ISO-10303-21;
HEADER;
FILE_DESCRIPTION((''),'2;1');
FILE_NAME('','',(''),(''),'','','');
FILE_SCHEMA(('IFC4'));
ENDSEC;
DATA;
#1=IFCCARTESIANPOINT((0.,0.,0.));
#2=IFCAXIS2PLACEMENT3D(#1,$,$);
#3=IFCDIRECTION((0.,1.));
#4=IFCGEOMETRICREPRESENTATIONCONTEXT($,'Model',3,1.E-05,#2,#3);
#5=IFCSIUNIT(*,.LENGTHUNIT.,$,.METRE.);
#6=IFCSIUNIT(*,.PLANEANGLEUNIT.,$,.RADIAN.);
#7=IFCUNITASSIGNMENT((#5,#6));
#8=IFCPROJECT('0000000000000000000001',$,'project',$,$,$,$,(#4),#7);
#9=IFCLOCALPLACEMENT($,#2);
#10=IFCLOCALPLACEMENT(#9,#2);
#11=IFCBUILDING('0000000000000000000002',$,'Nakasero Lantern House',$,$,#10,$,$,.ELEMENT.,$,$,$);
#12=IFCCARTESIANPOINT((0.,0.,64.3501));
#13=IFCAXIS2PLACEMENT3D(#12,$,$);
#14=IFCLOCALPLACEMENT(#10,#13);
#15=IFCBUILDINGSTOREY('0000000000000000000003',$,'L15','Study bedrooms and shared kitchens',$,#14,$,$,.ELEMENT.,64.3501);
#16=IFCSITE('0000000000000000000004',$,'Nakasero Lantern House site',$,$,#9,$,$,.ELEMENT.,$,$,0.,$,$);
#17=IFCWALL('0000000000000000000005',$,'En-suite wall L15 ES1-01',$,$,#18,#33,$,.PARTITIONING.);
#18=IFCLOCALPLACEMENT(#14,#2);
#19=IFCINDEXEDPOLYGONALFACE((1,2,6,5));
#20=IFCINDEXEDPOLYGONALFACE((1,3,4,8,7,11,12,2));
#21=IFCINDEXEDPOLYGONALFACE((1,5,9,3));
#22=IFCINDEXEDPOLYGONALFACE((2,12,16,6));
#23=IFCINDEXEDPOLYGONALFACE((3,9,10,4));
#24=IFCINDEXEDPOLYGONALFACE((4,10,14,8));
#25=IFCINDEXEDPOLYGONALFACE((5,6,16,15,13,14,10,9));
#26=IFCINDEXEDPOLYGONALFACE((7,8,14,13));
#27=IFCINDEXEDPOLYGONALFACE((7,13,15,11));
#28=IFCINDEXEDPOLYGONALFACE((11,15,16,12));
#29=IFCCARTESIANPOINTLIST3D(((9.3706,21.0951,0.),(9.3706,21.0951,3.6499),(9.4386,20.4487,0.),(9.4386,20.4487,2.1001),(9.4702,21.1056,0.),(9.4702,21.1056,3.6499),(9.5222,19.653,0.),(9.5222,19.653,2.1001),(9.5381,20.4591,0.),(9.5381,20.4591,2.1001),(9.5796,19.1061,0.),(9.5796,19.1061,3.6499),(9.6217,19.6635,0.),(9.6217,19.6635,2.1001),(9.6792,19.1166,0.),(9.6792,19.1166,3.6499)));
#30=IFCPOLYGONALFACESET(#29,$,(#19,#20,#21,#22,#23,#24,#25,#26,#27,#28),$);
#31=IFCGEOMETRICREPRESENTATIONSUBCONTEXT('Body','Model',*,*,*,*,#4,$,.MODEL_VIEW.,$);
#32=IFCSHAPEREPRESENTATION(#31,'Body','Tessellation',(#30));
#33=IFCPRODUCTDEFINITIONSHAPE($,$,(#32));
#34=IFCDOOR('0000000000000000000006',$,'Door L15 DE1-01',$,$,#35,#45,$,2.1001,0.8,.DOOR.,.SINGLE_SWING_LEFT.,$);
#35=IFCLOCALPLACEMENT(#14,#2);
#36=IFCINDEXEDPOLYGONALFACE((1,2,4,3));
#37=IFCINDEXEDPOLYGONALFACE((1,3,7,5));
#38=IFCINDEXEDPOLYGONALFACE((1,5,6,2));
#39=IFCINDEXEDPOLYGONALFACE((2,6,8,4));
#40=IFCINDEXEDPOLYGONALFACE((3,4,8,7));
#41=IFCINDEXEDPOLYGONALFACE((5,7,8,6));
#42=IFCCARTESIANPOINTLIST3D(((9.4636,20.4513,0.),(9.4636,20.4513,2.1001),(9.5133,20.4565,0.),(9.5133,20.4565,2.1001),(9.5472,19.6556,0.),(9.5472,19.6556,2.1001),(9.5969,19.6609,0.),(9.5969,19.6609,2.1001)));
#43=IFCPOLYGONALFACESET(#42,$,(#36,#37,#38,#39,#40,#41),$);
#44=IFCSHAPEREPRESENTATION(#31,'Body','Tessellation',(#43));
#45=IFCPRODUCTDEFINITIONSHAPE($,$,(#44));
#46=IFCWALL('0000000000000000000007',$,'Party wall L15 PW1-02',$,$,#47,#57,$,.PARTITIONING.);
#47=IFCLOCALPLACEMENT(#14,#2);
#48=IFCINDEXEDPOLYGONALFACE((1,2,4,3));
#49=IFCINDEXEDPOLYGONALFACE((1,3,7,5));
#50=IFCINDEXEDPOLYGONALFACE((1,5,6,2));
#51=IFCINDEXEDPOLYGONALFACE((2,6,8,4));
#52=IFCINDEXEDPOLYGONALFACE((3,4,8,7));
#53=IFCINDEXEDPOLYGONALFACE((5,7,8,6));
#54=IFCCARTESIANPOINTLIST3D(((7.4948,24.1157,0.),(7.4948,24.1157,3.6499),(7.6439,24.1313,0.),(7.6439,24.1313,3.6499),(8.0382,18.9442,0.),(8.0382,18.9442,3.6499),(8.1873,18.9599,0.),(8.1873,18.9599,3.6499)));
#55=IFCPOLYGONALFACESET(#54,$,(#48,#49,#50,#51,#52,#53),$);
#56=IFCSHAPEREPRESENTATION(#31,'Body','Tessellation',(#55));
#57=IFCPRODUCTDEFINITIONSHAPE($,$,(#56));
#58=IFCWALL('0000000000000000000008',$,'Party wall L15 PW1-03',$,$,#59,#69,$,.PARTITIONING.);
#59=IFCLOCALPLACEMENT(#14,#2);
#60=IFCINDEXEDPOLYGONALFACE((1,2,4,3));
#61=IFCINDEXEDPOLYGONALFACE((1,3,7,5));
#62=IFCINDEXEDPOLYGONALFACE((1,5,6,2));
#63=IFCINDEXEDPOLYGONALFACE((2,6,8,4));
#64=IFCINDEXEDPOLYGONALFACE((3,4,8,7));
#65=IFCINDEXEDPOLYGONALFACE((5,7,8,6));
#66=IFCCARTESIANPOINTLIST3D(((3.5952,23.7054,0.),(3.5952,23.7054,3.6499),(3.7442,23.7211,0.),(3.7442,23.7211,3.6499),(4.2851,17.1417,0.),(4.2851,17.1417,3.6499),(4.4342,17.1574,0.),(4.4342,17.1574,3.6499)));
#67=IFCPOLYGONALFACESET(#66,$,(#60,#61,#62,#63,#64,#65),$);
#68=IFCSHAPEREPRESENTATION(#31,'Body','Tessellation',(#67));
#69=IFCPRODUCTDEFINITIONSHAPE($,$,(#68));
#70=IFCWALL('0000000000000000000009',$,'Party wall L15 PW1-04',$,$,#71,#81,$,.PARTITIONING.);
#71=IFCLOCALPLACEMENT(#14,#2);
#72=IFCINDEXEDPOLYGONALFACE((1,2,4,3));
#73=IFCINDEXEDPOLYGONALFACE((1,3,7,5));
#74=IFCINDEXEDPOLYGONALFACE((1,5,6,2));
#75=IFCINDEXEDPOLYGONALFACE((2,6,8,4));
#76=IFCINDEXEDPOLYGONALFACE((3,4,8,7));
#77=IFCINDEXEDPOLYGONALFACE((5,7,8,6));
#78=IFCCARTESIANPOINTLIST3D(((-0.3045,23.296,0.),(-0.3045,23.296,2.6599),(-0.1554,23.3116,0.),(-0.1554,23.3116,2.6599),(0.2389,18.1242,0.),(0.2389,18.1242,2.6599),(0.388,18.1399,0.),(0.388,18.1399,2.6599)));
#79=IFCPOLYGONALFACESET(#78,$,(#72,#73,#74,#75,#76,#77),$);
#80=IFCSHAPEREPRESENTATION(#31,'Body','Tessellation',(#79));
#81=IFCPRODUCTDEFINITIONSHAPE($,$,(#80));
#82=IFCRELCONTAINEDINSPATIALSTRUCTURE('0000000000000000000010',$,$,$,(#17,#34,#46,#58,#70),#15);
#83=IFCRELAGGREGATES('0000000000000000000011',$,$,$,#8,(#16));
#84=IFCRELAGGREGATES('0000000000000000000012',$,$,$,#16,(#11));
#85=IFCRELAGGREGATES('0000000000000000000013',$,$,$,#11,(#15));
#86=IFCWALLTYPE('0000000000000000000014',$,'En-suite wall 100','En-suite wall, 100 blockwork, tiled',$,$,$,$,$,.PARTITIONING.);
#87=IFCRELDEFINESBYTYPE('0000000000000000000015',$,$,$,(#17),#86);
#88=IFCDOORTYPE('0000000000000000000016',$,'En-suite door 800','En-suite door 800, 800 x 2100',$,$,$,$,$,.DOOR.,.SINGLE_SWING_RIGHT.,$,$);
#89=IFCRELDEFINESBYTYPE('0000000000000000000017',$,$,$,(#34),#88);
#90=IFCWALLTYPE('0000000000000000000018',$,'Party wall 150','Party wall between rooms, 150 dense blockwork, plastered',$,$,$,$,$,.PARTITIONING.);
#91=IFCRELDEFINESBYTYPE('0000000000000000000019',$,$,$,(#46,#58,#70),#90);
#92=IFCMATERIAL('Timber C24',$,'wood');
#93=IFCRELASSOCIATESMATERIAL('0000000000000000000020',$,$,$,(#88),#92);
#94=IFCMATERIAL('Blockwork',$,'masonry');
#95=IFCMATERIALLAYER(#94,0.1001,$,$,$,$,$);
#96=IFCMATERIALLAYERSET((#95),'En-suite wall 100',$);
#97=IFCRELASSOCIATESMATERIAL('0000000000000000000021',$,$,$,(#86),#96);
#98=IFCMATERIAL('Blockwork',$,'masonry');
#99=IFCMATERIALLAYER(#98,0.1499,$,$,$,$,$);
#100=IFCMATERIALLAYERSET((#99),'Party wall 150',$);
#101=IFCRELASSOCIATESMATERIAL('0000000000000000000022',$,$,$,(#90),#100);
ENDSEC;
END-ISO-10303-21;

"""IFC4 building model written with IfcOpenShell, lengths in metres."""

from ifc_helpers import new_model, si_unit, direction, frame, frame_2d, origin, place, context, subcontext, project, spatial, rectangle, extrude, material, layer, layer_set, type_object, element, fill, save


model = new_model("IFC4")

# Units and contexts
model_context = context("Model", 3, precision=1e-05, world=origin(), true_north=direction((0.0, 1.0)))
body_context = subcontext(model_context, "Body", "Model", "MODEL_VIEW")
ifc_project = project(units=[si_unit("LENGTHUNIT", "METRE"), si_unit("PLANEANGLEUNIT", "RADIAN")], contexts=[model_context])

# Site, building, storey
site_placement = place(None, origin())
site = spatial("IfcSite", under=ifc_project, at=site_placement, Name="Nakasero Lantern House site", CompositionType="ELEMENT", RefElevation=0.0)
building_placement = place(site_placement, origin())
building = spatial("IfcBuilding", under=site, at=building_placement, Name="Nakasero Lantern House", CompositionType="ELEMENT")
storey_placement = place(building_placement, frame((0.0, 0.0, 64.3501)))
storey = spatial("IfcBuildingStorey", under=building, at=storey_placement, Name="L15", Description="Study bedrooms and shared kitchens", CompositionType="ELEMENT", Elevation=64.3501)

# Shared definitions
ifc_material_1 = material(Name="Timber C24", Category="wood")
door_type_1 = type_object("IfcDoorType", Name="En-suite door 800", Description="En-suite door 800, 800 x 2100", OperationType="SINGLE_SWING_RIGHT", PredefinedType="DOOR", material=ifc_material_1)

# Shared definitions
ifc_material_2 = material(Name="Blockwork", Category="masonry")
ifc_layer_1 = layer(ifc_material_2, 0.1001)
ifc_layer_set_1 = layer_set([ifc_layer_1], Name="En-suite wall 100")
wall_type_1 = type_object("IfcWallType", Name="En-suite wall 100", Description="En-suite wall, 100 blockwork, tiled", PredefinedType="PARTITIONING", material=ifc_layer_set_1)

# Wall, opening, door
wall_1_placement = place(storey_placement, frame((9.6294, 19.1113, 0.0), z_axis=(0.0, 0.0, 1.0), x_axis=(-0.104494, 0.994526, 0.0)))
wall_1 = element("IfcWall", 1, at=wall_1_placement, inside=storey, type_object=wall_type_1, Name="En-suite wall L15 ES1-01", PredefinedType="PARTITIONING", context=body_context, shape_type="SweptSolid", body=[
    extrude(rectangle(XDim=2.0, YDim=0.1001, at=frame_2d((1.0, 0.0))), origin(), (0.0, 0.0, 1.0), 3.6499),
])
opening_1_placement = place(wall_1_placement, frame((0.55, 0.0, 0.0)))
opening_1 = element("IfcOpeningElement", 2, at=opening_1_placement, cuts=wall_1, PredefinedType="OPENING", context=body_context, shape_type="SweptSolid", body=[
    extrude(rectangle(XDim=0.8, YDim=2.1001, at=frame_2d((0.3999, 1.05))), frame((0.0, 0.0701, 0.0), z_axis=(0.0, -1.0, 0.0), x_axis=(1.0, 0.0, 0.0)), (0.0, 0.0, 1.0), 0.1401),
])
door_1_placement = place(opening_1_placement, origin())
door_1 = element("IfcDoor", 3, at=door_1_placement, inside=storey, type_object=door_type_1, Name="Door L15 DE1-01", OperationType="SINGLE_SWING_LEFT", OverallHeight=2.1001, OverallWidth=0.8, PredefinedType="DOOR", context=body_context, shape_type="SweptSolid", body=[
    extrude(rectangle(XDim=0.8, YDim=2.1001, at=frame_2d((0.3999, 1.05))), frame((0.0, 0.0249, 0.0), z_axis=(0.0, -1.0, 0.0), x_axis=(1.0, 0.0, 0.0)), (0.0, 0.0, 1.0), 0.05),
])
fill(opening_1, door_1)

# Walls
ifc_material_3 = material(Name="Blockwork", Category="masonry")
ifc_layer_2 = layer(ifc_material_3, 0.1499)
ifc_layer_set_2 = layer_set([ifc_layer_2], Name="Party wall 150")
wall_type_2 = type_object("IfcWallType", Name="Party wall 150", Description="Party wall between rooms, 150 dense blockwork, plastered", PredefinedType="PARTITIONING", material=ifc_layer_set_2)
wall_2_placement = place(storey_placement, frame((8.1128, 18.9519, 0.0), z_axis=(0.0, 0.0, 1.0), x_axis=(-0.104514, 0.994523, 0.0)))
element("IfcWall", 4, at=wall_2_placement, inside=storey, type_object=wall_type_2, Name="Party wall L15 PW1-02", PredefinedType="PARTITIONING", context=body_context, shape_type="SweptSolid", body=[
    extrude(rectangle(XDim=5.2, YDim=0.1499, at=frame_2d((2.6001, 0.0))), origin(), (0.0, 0.0, 1.0), 3.6499),
])
wall_3_placement = place(storey_placement, frame((4.3596, 17.1497, 0.0), z_axis=(0.0, 0.0, 1.0), x_axis=(-0.104538, 0.994521, 0.0)))
element("IfcWall", 5, at=wall_3_placement, inside=storey, type_object=wall_type_2, Name="Party wall L15 PW1-03", PredefinedType="PARTITIONING", context=body_context, shape_type="SweptSolid", body=[
    extrude(rectangle(XDim=6.5999, YDim=0.1499, at=frame_2d((3.2998, 0.0))), origin(), (0.0, 0.0, 1.0), 3.6499),
])
wall_4_placement = place(storey_placement, frame((0.3135, 18.1321, 0.0), z_axis=(0.0, 0.0, 1.0), x_axis=(-0.104509, 0.994524, 0.0)))
element("IfcWall", 6, at=wall_4_placement, inside=storey, type_object=wall_type_2, Name="Party wall L15 PW1-04", PredefinedType="PARTITIONING", context=body_context, shape_type="SweptSolid", body=[
    extrude(rectangle(XDim=5.2002, YDim=0.1499, at=frame_2d((2.6001, 0.0))), origin(), (0.0, 0.0, 1.0), 2.6599),
])

save(model, "model.ifc")
